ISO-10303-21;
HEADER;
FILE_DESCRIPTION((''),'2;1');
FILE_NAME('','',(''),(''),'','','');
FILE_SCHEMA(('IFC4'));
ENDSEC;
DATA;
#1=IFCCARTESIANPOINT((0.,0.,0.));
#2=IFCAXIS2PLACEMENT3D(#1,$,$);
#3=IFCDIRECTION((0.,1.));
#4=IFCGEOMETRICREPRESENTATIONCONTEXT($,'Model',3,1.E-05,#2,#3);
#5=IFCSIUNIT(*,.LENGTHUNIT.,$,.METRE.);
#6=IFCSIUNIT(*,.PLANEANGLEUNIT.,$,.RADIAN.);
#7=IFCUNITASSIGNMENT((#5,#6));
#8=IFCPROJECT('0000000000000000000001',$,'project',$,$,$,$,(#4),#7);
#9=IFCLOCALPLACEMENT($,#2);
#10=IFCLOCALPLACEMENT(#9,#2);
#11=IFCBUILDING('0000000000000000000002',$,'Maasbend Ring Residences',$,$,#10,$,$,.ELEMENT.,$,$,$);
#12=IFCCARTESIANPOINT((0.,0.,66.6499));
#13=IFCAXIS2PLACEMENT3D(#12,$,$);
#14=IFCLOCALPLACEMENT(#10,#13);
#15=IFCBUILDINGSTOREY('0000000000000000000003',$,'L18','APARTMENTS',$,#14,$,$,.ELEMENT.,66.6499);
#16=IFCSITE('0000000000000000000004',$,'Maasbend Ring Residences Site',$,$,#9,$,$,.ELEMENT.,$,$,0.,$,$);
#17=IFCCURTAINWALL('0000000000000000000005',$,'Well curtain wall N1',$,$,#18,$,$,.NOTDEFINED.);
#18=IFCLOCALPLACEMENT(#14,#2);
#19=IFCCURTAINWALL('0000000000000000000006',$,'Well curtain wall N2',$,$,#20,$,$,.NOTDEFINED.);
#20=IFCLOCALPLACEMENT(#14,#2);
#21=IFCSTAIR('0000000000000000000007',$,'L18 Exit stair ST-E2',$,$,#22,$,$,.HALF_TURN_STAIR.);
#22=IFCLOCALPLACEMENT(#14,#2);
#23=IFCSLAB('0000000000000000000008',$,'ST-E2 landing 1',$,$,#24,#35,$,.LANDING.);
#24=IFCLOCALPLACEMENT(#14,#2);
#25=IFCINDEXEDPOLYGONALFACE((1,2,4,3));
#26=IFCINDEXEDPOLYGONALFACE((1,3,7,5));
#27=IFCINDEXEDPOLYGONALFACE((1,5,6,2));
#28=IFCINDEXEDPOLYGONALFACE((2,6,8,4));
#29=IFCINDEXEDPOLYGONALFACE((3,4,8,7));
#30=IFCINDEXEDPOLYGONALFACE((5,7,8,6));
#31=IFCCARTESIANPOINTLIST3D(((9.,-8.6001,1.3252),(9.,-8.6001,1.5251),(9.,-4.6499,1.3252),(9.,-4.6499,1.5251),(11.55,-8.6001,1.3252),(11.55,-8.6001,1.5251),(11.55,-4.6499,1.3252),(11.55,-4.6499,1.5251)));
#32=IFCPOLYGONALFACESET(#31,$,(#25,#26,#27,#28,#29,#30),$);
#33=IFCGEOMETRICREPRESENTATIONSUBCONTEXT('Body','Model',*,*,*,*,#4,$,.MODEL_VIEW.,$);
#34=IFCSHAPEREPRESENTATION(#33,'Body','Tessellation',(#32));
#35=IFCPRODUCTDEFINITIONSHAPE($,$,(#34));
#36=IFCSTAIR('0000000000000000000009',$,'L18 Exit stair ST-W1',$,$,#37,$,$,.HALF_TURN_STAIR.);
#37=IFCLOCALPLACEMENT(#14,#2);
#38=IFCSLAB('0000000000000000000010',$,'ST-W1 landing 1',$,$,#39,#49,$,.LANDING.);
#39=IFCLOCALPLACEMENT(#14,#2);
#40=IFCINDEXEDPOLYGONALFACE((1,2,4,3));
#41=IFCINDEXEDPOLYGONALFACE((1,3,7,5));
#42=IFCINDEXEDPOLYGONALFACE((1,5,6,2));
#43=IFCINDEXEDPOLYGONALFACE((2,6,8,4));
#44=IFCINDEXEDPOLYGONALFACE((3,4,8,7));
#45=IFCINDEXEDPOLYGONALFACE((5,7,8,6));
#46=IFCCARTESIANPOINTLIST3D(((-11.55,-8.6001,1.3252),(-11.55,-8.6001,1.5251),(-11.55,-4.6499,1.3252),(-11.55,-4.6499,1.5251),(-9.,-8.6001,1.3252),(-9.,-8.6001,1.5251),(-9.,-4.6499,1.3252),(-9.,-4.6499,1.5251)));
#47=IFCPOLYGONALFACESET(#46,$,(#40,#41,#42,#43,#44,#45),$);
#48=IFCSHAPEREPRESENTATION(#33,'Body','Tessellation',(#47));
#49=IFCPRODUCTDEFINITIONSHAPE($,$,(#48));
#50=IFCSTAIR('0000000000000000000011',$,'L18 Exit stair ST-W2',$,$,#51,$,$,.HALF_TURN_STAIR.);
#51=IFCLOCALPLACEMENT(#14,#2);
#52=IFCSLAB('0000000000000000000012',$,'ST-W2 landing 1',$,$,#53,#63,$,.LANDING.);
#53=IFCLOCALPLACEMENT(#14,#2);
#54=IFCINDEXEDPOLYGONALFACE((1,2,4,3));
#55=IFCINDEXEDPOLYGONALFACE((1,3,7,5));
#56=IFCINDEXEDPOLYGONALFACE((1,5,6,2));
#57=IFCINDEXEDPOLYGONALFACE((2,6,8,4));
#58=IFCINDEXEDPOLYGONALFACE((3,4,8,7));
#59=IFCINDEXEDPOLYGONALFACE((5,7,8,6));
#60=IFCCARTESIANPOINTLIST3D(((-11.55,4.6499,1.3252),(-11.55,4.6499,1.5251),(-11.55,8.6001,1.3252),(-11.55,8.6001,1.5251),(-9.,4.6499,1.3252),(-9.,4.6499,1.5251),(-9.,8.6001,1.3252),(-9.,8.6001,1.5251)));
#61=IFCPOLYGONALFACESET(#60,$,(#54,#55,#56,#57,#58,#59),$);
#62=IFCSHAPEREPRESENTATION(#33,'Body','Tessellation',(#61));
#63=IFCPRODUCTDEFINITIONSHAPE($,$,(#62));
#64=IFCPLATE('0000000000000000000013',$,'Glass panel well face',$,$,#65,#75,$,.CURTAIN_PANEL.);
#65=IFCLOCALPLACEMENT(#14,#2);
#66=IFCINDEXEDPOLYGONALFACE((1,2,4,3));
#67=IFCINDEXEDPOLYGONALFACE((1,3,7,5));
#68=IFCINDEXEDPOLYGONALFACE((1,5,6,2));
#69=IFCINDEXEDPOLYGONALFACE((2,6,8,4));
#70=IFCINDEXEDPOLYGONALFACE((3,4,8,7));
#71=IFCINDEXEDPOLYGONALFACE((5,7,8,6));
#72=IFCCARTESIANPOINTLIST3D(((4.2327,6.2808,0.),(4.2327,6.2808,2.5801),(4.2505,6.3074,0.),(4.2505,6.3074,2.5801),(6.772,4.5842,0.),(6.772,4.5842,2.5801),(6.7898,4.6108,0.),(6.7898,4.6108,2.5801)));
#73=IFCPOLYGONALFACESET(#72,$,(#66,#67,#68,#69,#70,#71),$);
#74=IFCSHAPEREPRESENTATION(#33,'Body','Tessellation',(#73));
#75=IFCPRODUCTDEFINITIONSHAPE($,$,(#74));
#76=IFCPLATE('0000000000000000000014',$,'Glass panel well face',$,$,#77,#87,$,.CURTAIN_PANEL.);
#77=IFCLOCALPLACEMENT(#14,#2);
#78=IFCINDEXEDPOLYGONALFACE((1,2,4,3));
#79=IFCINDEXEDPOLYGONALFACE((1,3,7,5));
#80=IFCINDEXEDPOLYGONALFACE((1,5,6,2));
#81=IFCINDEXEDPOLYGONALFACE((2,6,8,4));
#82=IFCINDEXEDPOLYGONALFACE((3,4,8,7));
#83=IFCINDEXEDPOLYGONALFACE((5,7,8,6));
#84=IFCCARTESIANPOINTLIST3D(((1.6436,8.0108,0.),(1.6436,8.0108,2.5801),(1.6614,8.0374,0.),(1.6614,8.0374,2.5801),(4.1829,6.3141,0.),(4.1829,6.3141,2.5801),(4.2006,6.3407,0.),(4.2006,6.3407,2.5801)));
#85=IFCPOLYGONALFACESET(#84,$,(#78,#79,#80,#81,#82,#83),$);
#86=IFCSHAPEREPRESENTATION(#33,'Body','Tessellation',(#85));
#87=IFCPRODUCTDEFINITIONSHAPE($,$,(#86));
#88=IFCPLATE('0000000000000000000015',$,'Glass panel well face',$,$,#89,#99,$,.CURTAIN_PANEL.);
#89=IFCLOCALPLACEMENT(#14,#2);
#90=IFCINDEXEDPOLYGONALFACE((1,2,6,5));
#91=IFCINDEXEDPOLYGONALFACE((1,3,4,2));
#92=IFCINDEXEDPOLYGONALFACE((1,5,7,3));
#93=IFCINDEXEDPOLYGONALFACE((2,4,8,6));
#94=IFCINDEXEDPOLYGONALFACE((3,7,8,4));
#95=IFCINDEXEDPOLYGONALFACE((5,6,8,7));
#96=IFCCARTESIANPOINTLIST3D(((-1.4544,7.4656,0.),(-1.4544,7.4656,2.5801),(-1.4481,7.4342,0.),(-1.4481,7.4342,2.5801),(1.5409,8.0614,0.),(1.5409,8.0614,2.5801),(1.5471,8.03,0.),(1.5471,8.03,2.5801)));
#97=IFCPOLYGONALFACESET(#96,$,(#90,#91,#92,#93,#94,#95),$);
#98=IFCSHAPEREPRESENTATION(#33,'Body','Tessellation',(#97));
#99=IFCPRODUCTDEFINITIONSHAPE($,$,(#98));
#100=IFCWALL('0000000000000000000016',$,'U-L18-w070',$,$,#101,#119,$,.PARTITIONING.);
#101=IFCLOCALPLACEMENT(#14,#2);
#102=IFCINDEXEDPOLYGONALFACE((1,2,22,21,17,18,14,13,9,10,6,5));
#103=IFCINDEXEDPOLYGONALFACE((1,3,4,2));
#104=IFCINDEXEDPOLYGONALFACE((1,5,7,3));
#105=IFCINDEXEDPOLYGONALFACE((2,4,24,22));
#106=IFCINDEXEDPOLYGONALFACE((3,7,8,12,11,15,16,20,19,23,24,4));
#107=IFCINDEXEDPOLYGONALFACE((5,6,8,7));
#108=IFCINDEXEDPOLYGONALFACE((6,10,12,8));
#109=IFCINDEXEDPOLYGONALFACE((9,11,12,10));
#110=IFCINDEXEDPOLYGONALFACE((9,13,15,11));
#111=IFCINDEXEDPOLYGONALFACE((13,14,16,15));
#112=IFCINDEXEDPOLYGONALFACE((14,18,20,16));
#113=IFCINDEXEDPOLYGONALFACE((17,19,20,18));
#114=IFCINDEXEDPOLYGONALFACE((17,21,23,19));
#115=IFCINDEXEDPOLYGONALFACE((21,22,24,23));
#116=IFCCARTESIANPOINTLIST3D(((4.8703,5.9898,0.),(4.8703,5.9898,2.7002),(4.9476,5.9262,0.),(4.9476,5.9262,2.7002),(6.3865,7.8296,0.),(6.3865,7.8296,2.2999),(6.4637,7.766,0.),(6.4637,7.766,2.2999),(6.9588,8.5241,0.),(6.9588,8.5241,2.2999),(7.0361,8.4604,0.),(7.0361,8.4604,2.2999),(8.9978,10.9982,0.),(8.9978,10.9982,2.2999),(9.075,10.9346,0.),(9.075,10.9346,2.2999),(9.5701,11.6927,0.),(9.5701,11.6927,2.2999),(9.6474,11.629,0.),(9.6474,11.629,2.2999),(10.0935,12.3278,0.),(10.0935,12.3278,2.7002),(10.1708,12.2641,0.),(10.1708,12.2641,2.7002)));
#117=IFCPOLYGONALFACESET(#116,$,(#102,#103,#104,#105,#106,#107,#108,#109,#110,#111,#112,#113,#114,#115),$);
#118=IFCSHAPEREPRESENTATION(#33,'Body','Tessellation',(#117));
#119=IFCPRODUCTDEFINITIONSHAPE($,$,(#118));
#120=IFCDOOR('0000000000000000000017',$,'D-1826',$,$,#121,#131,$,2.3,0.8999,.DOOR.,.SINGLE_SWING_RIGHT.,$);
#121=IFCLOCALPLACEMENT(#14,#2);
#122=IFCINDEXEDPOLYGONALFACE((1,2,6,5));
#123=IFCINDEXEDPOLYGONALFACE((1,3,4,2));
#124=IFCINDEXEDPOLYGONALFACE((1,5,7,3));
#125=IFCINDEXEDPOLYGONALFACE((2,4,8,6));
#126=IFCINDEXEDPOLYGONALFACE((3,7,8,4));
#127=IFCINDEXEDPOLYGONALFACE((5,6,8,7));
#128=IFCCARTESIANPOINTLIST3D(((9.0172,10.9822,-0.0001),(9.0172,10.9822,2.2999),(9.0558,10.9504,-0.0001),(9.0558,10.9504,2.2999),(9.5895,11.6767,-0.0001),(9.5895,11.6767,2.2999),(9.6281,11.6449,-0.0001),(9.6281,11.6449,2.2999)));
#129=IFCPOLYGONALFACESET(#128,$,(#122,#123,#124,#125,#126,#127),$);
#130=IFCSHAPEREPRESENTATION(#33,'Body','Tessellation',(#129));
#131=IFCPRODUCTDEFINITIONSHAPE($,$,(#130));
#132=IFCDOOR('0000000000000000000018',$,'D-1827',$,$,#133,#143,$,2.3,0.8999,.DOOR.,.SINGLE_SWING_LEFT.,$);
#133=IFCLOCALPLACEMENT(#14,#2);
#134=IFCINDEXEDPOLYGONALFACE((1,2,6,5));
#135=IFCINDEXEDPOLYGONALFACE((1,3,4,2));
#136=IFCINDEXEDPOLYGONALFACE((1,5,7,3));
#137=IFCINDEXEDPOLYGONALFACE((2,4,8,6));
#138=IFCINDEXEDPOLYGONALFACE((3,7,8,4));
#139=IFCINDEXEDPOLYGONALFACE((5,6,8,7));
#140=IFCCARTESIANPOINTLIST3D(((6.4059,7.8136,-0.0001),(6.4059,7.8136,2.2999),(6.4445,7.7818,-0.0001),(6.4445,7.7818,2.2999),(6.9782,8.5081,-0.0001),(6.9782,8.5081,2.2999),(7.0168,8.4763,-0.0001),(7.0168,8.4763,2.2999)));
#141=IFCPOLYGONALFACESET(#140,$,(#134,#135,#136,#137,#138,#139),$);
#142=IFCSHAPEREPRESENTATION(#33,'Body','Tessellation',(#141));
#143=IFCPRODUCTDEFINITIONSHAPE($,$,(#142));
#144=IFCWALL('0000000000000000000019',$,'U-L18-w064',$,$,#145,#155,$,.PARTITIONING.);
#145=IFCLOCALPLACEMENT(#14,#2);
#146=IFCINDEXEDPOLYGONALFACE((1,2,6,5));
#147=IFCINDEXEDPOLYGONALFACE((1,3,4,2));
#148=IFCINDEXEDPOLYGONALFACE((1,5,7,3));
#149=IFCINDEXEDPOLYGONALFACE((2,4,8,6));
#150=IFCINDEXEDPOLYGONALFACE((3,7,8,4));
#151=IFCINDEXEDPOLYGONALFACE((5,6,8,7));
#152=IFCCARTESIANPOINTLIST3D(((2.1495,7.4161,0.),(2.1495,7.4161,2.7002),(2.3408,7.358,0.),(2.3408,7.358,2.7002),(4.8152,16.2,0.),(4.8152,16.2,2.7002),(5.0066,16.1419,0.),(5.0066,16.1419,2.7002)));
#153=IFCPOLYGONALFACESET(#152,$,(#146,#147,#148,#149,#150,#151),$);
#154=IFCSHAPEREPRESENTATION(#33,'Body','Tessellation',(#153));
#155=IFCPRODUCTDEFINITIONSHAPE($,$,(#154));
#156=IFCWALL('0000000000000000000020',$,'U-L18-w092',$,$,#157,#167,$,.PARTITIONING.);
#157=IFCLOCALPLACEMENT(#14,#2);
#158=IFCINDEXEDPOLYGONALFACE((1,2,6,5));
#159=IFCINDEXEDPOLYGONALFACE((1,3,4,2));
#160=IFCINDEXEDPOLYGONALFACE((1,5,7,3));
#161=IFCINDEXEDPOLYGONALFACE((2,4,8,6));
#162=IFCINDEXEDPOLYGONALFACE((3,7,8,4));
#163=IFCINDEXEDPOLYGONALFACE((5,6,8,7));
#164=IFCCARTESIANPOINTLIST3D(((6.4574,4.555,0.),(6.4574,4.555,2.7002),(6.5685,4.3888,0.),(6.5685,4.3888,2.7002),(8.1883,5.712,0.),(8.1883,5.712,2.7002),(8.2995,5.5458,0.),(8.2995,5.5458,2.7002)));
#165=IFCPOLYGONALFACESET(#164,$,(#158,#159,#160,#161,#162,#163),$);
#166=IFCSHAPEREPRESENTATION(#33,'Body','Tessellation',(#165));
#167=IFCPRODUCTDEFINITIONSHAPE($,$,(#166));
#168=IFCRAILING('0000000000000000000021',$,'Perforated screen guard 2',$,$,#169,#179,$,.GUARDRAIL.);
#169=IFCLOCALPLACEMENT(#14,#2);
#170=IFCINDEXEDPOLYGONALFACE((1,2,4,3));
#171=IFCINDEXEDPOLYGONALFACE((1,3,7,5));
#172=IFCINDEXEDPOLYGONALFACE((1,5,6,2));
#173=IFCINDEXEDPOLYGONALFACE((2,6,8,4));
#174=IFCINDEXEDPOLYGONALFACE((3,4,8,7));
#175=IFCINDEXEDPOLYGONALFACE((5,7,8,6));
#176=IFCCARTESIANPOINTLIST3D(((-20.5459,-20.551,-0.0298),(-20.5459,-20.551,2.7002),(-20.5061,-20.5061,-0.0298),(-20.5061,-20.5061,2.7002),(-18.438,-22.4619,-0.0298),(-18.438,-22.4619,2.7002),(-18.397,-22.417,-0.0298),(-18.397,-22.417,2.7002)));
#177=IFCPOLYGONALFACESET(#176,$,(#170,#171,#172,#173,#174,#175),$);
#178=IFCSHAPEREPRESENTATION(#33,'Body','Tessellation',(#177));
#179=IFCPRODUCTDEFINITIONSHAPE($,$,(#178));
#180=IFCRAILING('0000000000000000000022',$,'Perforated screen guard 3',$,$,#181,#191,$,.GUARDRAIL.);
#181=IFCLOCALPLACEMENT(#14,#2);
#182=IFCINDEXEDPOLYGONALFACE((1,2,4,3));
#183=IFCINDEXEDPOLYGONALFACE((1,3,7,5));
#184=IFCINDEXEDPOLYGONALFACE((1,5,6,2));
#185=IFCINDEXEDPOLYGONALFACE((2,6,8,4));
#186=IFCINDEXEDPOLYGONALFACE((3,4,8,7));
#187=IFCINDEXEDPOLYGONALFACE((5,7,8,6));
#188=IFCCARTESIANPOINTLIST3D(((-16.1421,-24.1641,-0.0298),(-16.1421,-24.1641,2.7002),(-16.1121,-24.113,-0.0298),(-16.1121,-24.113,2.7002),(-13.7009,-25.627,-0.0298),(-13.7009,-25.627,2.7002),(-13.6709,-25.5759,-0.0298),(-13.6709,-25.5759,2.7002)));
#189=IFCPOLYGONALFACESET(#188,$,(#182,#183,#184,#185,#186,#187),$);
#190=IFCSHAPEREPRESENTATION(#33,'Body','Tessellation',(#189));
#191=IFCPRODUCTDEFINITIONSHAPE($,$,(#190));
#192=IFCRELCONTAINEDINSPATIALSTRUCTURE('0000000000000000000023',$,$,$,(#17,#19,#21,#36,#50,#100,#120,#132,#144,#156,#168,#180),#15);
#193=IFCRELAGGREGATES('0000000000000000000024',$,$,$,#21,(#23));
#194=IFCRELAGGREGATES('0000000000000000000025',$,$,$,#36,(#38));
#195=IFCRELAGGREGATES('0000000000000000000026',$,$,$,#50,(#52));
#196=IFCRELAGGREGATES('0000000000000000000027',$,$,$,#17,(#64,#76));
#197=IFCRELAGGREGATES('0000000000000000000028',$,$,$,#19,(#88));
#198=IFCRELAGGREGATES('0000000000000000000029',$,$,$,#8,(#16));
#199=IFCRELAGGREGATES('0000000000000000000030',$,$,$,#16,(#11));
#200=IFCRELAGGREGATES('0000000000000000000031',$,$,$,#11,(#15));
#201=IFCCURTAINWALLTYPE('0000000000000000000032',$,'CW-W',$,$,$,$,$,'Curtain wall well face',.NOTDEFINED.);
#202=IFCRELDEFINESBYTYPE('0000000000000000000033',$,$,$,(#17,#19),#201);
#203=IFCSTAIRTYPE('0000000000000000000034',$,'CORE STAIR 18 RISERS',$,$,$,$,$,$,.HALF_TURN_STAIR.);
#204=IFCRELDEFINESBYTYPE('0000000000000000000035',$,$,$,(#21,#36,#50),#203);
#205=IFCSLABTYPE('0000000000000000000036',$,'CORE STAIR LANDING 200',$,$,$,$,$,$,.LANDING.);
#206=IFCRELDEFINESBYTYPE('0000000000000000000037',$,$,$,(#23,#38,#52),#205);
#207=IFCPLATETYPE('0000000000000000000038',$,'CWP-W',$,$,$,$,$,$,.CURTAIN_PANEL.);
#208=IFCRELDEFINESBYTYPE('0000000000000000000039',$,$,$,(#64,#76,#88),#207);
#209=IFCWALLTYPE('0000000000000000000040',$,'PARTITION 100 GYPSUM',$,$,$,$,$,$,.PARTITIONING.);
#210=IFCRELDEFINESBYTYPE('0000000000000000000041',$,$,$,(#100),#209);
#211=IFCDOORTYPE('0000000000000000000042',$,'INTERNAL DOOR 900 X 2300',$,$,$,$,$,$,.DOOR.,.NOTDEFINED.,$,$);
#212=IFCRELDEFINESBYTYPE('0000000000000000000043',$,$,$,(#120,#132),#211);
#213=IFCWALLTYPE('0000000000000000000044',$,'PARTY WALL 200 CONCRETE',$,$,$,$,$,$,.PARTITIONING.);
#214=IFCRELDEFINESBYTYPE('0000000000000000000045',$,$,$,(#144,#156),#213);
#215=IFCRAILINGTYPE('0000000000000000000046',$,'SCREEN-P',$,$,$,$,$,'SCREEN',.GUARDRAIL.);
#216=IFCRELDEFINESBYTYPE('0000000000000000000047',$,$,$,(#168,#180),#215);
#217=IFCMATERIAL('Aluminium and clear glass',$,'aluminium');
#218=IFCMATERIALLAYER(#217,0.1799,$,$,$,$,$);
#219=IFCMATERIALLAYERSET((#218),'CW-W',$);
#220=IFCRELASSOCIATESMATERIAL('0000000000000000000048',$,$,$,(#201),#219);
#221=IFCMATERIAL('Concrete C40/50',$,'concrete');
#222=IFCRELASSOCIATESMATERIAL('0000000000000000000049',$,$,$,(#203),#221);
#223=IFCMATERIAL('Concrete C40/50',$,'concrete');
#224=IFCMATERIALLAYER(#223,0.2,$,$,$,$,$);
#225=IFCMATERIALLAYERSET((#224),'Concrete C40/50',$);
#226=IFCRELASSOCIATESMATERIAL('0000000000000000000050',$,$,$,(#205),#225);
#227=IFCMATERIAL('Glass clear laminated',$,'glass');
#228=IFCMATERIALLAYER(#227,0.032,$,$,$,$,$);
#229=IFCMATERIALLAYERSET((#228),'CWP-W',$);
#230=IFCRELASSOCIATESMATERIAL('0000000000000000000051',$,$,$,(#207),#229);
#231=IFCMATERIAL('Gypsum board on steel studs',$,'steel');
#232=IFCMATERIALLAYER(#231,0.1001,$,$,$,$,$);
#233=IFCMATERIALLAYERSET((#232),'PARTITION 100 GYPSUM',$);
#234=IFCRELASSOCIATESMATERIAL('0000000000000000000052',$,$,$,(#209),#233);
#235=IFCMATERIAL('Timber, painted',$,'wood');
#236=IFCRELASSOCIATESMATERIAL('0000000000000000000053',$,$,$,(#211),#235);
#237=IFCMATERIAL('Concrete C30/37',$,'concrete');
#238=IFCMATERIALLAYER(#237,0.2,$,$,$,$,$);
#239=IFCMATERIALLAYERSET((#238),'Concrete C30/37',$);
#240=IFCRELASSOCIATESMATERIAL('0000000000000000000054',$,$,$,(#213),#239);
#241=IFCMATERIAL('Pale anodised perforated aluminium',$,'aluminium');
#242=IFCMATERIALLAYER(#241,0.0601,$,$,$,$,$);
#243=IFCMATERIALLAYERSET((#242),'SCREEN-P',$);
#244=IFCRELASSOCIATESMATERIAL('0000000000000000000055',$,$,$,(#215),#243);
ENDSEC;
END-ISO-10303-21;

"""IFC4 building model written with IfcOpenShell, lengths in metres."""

from ifc_helpers import new_model, si_unit, direction, frame, frame_2d, origin, origin_2d, place, context, subcontext, project, spatial, polyline, rectangle, outline, extrude, material, layer, layer_set, type_object, element, fill, aggregate, save


model = new_model("IFC4")

# Units and contexts
model_context = context("Model", 3, precision=1e-05, world=origin(), true_north=direction((0.0, 1.0)))
body_context = subcontext(model_context, "Body", "Model", "MODEL_VIEW")
ifc_project = project(units=[si_unit("LENGTHUNIT", "METRE"), si_unit("PLANEANGLEUNIT", "RADIAN")], contexts=[model_context])

# Site, building, storey
site_placement = place(None, origin())
site = spatial("IfcSite", under=ifc_project, at=site_placement, Name="Maasbend Ring Residences Site", CompositionType="ELEMENT", RefElevation=0.0)
building_placement = place(site_placement, origin())
building = spatial("IfcBuilding", under=site, at=building_placement, Name="Maasbend Ring Residences", CompositionType="ELEMENT")
storey_placement = place(building_placement, frame((0.0, 0.0, 66.6499)))
storey = spatial("IfcBuildingStorey", under=building, at=storey_placement, Name="L18", Description="APARTMENTS", CompositionType="ELEMENT", Elevation=66.6499)

# Curtain wall
ifc_material_1 = material(Name="Aluminium and clear glass", Category="aluminium")
ifc_layer_1 = layer(ifc_material_1, 0.1799)
ifc_layer_set_1 = layer_set([ifc_layer_1], Name="CW-W")
curtain_wall_type = type_object("IfcCurtainWallType", Name="CW-W", ElementType="Curtain wall well face", PredefinedType="NOTDEFINED", material=ifc_layer_set_1)
curtain_wall_1_placement = place(storey_placement, origin())
curtain_wall_1 = element("IfcCurtainWall", 1, at=curtain_wall_1_placement, inside=storey, type_object=curtain_wall_type, Name="Well curtain wall N1", PredefinedType="NOTDEFINED")

# Curtain wall
curtain_wall_2_placement = place(storey_placement, origin())
curtain_wall_2 = element("IfcCurtainWall", 2, at=curtain_wall_2_placement, inside=storey, type_object=curtain_wall_type, Name="Well curtain wall N2", PredefinedType="NOTDEFINED")

# Stairs, slabs
ifc_material_2 = material(Name="Concrete C40/50", Category="concrete")
stair_type = type_object("IfcStairType", Name="CORE STAIR 18 RISERS", PredefinedType="HALF_TURN_STAIR", material=ifc_material_2)
ifc_material_3 = material(Name="Concrete C40/50", Category="concrete")
ifc_layer_2 = layer(ifc_material_3, 0.2)
ifc_layer_set_2 = layer_set([ifc_layer_2], Name="Concrete C40/50")
slab_type = type_object("IfcSlabType", Name="CORE STAIR LANDING 200", PredefinedType="LANDING", material=ifc_layer_set_2)
stair_1_placement = place(storey_placement, origin())
stair_1 = element("IfcStair", 3, at=stair_1_placement, inside=storey, type_object=stair_type, Name="L18 Exit stair ST-E2", PredefinedType="HALF_TURN_STAIR")
slab_1_placement = place(storey_placement, frame((0.0, 0.0, 1.3252)))
slab_1 = element("IfcSlab", 4, at=slab_1_placement, type_object=slab_type, Name="ST-E2 landing 1", PredefinedType="LANDING", context=body_context, shape_type="SweptSolid", body=[
    extrude(outline(polyline([(11.55, -4.6499), (9.0, -4.6499), (9.0, -8.6001), (11.55, -8.6001), (11.55, -4.6499)])), origin(), (0.0, 0.0, 1.0), 0.2),
])
aggregate(stair_1, [slab_1])
stair_2_placement = place(storey_placement, origin())
stair_2 = element("IfcStair", 5, at=stair_2_placement, inside=storey, type_object=stair_type, Name="L18 Exit stair ST-W1", PredefinedType="HALF_TURN_STAIR")
slab_2_placement = place(storey_placement, frame((0.0, 0.0, 1.3252)))
slab_2 = element("IfcSlab", 6, at=slab_2_placement, type_object=slab_type, Name="ST-W1 landing 1", PredefinedType="LANDING", context=body_context, shape_type="SweptSolid", body=[
    extrude(outline(polyline([(-11.55, -8.6001), (-9.0, -8.6001), (-9.0, -4.6499), (-11.55, -4.6499), (-11.55, -8.6001)])), origin(), (0.0, 0.0, 1.0), 0.2),
])
aggregate(stair_2, [slab_2])
stair_3_placement = place(storey_placement, origin())
stair_3 = element("IfcStair", 7, at=stair_3_placement, inside=storey, type_object=stair_type, Name="L18 Exit stair ST-W2", PredefinedType="HALF_TURN_STAIR")
slab_3_placement = place(storey_placement, frame((0.0, 0.0, 1.3252)))
slab_3 = element("IfcSlab", 8, at=slab_3_placement, type_object=slab_type, Name="ST-W2 landing 1", PredefinedType="LANDING", context=body_context, shape_type="SweptSolid", body=[
    extrude(outline(polyline([(-11.55, 4.6499), (-9.0, 4.6499), (-9.0, 8.6001), (-11.55, 8.6001), (-11.55, 4.6499)])), origin(), (0.0, 0.0, 1.0), 0.2),
])
aggregate(stair_3, [slab_3])

# Plates
ifc_material_4 = material(Name="Glass clear laminated", Category="glass")
ifc_layer_3 = layer(ifc_material_4, 0.032)
ifc_layer_set_3 = layer_set([ifc_layer_3], Name="CWP-W")
plate_type = type_object("IfcPlateType", Name="CWP-W", PredefinedType="CURTAIN_PANEL", material=ifc_layer_set_3)
plate_1_placement = place(storey_placement, frame((5.5112, 5.4458, 0.0), z_axis=(0.0, 0.0, 1.0), x_axis=(-0.83147, 0.55557, 0.0)))
plate_1 = element("IfcPlate", 9, at=plate_1_placement, type_object=plate_type, Name="Glass panel well face", PredefinedType="CURTAIN_PANEL", context=body_context, shape_type="SweptSolid", body=[
    extrude(rectangle(XDim=3.054, YDim=0.032, at=origin_2d()), origin(), (0.0, 0.0, 1.0), 2.5801),
])
plate_2_placement = place(storey_placement, frame((2.9221, 7.1758, 0.0), z_axis=(0.0, 0.0, 1.0), x_axis=(-0.83147, 0.55557, 0.0)))
plate_2 = element("IfcPlate", 10, at=plate_2_placement, type_object=plate_type, Name="Glass panel well face", PredefinedType="CURTAIN_PANEL", context=body_context, shape_type="SweptSolid", body=[
    extrude(rectangle(XDim=3.054, YDim=0.032, at=origin_2d()), origin(), (0.0, 0.0, 1.0), 2.5801),
])
aggregate(curtain_wall_1, [plate_1, plate_2])
plate_3_placement = place(storey_placement, frame((0.0464, 7.7478, 0.0), z_axis=(0.0, 0.0, 1.0), x_axis=(-0.980785, -0.19509, 0.0)))
plate_3 = element("IfcPlate", 11, at=plate_3_placement, type_object=plate_type, Name="Glass panel well face", PredefinedType="CURTAIN_PANEL", context=body_context, shape_type="SweptSolid", body=[
    extrude(rectangle(XDim=3.054, YDim=0.032, at=origin_2d()), origin(), (0.0, 0.0, 1.0), 2.5801),
])
aggregate(curtain_wall_2, [plate_3])

# Wall, openings, doors
ifc_material_5 = material(Name="Gypsum board on steel studs", Category="steel")
ifc_layer_4 = layer(ifc_material_5, 0.1001)
ifc_layer_set_4 = layer_set([ifc_layer_4], Name="PARTITION 100 GYPSUM")
wall_type_1 = type_object("IfcWallType", Name="PARTITION 100 GYPSUM", PredefinedType="PARTITIONING", material=ifc_layer_set_4)
wall_1_placement = place(storey_placement, frame((4.9089, 5.958, 0.0), z_axis=(0.0, 0.0, 1.0), x_axis=(0.635976, 0.771709, 0.0)))
wall_1 = element("IfcWall", 12, at=wall_1_placement, inside=storey, type_object=wall_type_1, Name="U-L18-w070", PredefinedType="PARTITIONING", context=body_context, shape_type="SweptSolid", body=[
    extrude(rectangle(XDim=8.2129, YDim=0.1001, at=frame_2d((4.1064, 0.0))), origin(), (0.0, 0.0, 1.0), 2.7002),
])
opening_1_placement = place(wall_1_placement, frame((6.49, 0.0, 0.0)))
opening_1 = element("IfcOpeningElement", 13, at=opening_1_placement, cuts=wall_1, PredefinedType="OPENING", context=body_context, shape_type="SweptSolid", body=[
    extrude(rectangle(XDim=0.8999, YDim=2.3, at=frame_2d((0.45, 1.1499))), frame((0.0, 0.0601, 0.0), z_axis=(0.0, -1.0, 0.0), x_axis=(1.0, 0.0, 0.0)), (0.0, 0.0, 1.0), 0.1201),
])
opening_2_placement = place(wall_1_placement, frame((2.384, 0.0, 0.0)))
opening_2 = element("IfcOpeningElement", 14, at=opening_2_placement, cuts=wall_1, PredefinedType="OPENING", context=body_context, shape_type="SweptSolid", body=[
    extrude(rectangle(XDim=0.8999, YDim=2.3, at=frame_2d((0.45, 1.1499))), frame((0.0, 0.0601, 0.0), z_axis=(0.0, -1.0, 0.0), x_axis=(1.0, 0.0, 0.0)), (0.0, 0.0, 1.0), 0.1201),
])
ifc_material_6 = material(Name="Timber, painted", Category="wood")
door_type = type_object("IfcDoorType", Name="INTERNAL DOOR 900 X 2300", OperationType="NOTDEFINED", PredefinedType="DOOR", material=ifc_material_6)
door_1_placement = place(opening_1_placement, origin())
door_1 = element("IfcDoor", 15, at=door_1_placement, inside=storey, type_object=door_type, Name="D-1826", OperationType="SINGLE_SWING_RIGHT", OverallHeight=2.3, OverallWidth=0.8999, PredefinedType="DOOR", context=body_context, shape_type="SweptSolid", body=[
    extrude(rectangle(XDim=0.8999, YDim=2.3, at=frame_2d((0.45, 1.1499))), frame((0.0, 0.0249, 0.0), z_axis=(0.0, -1.0, 0.0), x_axis=(1.0, 0.0, 0.0)), (0.0, 0.0, 1.0), 0.05),
])
fill(opening_1, door_1)
door_2_placement = place(opening_2_placement, origin())
door_2 = element("IfcDoor", 16, at=door_2_placement, inside=storey, type_object=door_type, Name="D-1827", OperationType="SINGLE_SWING_LEFT", OverallHeight=2.3, OverallWidth=0.8999, PredefinedType="DOOR", context=body_context, shape_type="SweptSolid", body=[
    extrude(rectangle(XDim=0.8999, YDim=2.3, at=frame_2d((0.45, 1.1499))), frame((0.0, 0.0249, 0.0), z_axis=(0.0, -1.0, 0.0), x_axis=(1.0, 0.0, 0.0)), (0.0, 0.0, 1.0), 0.05),
])
fill(opening_2, door_2)

# Walls
ifc_material_7 = material(Name="Concrete C30/37", Category="concrete")
ifc_layer_5 = layer(ifc_material_7, 0.2)
ifc_layer_set_5 = layer_set([ifc_layer_5], Name="Concrete C30/37")
wall_type_2 = type_object("IfcWallType", Name="PARTY WALL 200 CONCRETE", PredefinedType="PARTITIONING", material=ifc_layer_set_5)
wall_2_placement = place(storey_placement, frame((2.2451, 7.387, 0.0), z_axis=(0.0, 0.0, 1.0), x_axis=(0.290404, 0.956904, 0.0)))
element("IfcWall", 17, at=wall_2_placement, inside=storey, type_object=wall_type_2, Name="U-L18-w064", PredefinedType="PARTITIONING", context=body_context, shape_type="SweptSolid", body=[
    extrude(rectangle(XDim=9.1794, YDim=0.2, at=frame_2d((4.5898, 0.0))), origin(), (0.0, 0.0, 1.0), 2.7002),
])
wall_3_placement = place(storey_placement, frame((6.5129, 4.4719, 0.0), z_axis=(0.0, 0.0, 1.0), x_axis=(0.831382, 0.555701, 0.0)))
element("IfcWall", 18, at=wall_3_placement, inside=storey, type_object=wall_type_2, Name="U-L18-w092", PredefinedType="PARTITIONING", context=body_context, shape_type="SweptSolid", body=[
    extrude(rectangle(XDim=2.082, YDim=0.2, at=frame_2d((1.041, 0.0))), origin(), (0.0, 0.0, 1.0), 2.7002),
])

# Railings
ifc_material_8 = material(Name="Pale anodised perforated aluminium", Category="aluminium")
ifc_layer_6 = layer(ifc_material_8, 0.0601)
ifc_layer_set_6 = layer_set([ifc_layer_6], Name="SCREEN-P")
railing_type = type_object("IfcRailingType", Name="SCREEN-P", ElementType="SCREEN", PredefinedType="GUARDRAIL", material=ifc_layer_set_6)
railing_1_placement = place(storey_placement, frame((0.0, 0.0, -0.0298)))
element("IfcRailing", 19, at=railing_1_placement, inside=storey, type_object=railing_type, Name="Perforated screen guard 2", PredefinedType="GUARDRAIL", context=body_context, shape_type="SweptSolid", body=[
    extrude(outline(polyline([(-20.5061, -20.5061), (-18.397, -22.417), (-18.438, -22.4619), (-20.5459, -20.551), (-20.5061, -20.5061)])), origin(), (0.0, 0.0, 1.0), 2.73),
])
railing_2_placement = place(storey_placement, frame((0.0, 0.0, -0.0298)))
element("IfcRailing", 20, at=railing_2_placement, inside=storey, type_object=railing_type, Name="Perforated screen guard 3", PredefinedType="GUARDRAIL", context=body_context, shape_type="SweptSolid", body=[
    extrude(outline(polyline([(-16.1121, -24.113), (-13.6709, -25.5759), (-13.7009, -25.627), (-16.1421, -24.1641), (-16.1121, -24.113)])), origin(), (0.0, 0.0, 1.0), 2.73),
])

save(model, "model.ifc")
